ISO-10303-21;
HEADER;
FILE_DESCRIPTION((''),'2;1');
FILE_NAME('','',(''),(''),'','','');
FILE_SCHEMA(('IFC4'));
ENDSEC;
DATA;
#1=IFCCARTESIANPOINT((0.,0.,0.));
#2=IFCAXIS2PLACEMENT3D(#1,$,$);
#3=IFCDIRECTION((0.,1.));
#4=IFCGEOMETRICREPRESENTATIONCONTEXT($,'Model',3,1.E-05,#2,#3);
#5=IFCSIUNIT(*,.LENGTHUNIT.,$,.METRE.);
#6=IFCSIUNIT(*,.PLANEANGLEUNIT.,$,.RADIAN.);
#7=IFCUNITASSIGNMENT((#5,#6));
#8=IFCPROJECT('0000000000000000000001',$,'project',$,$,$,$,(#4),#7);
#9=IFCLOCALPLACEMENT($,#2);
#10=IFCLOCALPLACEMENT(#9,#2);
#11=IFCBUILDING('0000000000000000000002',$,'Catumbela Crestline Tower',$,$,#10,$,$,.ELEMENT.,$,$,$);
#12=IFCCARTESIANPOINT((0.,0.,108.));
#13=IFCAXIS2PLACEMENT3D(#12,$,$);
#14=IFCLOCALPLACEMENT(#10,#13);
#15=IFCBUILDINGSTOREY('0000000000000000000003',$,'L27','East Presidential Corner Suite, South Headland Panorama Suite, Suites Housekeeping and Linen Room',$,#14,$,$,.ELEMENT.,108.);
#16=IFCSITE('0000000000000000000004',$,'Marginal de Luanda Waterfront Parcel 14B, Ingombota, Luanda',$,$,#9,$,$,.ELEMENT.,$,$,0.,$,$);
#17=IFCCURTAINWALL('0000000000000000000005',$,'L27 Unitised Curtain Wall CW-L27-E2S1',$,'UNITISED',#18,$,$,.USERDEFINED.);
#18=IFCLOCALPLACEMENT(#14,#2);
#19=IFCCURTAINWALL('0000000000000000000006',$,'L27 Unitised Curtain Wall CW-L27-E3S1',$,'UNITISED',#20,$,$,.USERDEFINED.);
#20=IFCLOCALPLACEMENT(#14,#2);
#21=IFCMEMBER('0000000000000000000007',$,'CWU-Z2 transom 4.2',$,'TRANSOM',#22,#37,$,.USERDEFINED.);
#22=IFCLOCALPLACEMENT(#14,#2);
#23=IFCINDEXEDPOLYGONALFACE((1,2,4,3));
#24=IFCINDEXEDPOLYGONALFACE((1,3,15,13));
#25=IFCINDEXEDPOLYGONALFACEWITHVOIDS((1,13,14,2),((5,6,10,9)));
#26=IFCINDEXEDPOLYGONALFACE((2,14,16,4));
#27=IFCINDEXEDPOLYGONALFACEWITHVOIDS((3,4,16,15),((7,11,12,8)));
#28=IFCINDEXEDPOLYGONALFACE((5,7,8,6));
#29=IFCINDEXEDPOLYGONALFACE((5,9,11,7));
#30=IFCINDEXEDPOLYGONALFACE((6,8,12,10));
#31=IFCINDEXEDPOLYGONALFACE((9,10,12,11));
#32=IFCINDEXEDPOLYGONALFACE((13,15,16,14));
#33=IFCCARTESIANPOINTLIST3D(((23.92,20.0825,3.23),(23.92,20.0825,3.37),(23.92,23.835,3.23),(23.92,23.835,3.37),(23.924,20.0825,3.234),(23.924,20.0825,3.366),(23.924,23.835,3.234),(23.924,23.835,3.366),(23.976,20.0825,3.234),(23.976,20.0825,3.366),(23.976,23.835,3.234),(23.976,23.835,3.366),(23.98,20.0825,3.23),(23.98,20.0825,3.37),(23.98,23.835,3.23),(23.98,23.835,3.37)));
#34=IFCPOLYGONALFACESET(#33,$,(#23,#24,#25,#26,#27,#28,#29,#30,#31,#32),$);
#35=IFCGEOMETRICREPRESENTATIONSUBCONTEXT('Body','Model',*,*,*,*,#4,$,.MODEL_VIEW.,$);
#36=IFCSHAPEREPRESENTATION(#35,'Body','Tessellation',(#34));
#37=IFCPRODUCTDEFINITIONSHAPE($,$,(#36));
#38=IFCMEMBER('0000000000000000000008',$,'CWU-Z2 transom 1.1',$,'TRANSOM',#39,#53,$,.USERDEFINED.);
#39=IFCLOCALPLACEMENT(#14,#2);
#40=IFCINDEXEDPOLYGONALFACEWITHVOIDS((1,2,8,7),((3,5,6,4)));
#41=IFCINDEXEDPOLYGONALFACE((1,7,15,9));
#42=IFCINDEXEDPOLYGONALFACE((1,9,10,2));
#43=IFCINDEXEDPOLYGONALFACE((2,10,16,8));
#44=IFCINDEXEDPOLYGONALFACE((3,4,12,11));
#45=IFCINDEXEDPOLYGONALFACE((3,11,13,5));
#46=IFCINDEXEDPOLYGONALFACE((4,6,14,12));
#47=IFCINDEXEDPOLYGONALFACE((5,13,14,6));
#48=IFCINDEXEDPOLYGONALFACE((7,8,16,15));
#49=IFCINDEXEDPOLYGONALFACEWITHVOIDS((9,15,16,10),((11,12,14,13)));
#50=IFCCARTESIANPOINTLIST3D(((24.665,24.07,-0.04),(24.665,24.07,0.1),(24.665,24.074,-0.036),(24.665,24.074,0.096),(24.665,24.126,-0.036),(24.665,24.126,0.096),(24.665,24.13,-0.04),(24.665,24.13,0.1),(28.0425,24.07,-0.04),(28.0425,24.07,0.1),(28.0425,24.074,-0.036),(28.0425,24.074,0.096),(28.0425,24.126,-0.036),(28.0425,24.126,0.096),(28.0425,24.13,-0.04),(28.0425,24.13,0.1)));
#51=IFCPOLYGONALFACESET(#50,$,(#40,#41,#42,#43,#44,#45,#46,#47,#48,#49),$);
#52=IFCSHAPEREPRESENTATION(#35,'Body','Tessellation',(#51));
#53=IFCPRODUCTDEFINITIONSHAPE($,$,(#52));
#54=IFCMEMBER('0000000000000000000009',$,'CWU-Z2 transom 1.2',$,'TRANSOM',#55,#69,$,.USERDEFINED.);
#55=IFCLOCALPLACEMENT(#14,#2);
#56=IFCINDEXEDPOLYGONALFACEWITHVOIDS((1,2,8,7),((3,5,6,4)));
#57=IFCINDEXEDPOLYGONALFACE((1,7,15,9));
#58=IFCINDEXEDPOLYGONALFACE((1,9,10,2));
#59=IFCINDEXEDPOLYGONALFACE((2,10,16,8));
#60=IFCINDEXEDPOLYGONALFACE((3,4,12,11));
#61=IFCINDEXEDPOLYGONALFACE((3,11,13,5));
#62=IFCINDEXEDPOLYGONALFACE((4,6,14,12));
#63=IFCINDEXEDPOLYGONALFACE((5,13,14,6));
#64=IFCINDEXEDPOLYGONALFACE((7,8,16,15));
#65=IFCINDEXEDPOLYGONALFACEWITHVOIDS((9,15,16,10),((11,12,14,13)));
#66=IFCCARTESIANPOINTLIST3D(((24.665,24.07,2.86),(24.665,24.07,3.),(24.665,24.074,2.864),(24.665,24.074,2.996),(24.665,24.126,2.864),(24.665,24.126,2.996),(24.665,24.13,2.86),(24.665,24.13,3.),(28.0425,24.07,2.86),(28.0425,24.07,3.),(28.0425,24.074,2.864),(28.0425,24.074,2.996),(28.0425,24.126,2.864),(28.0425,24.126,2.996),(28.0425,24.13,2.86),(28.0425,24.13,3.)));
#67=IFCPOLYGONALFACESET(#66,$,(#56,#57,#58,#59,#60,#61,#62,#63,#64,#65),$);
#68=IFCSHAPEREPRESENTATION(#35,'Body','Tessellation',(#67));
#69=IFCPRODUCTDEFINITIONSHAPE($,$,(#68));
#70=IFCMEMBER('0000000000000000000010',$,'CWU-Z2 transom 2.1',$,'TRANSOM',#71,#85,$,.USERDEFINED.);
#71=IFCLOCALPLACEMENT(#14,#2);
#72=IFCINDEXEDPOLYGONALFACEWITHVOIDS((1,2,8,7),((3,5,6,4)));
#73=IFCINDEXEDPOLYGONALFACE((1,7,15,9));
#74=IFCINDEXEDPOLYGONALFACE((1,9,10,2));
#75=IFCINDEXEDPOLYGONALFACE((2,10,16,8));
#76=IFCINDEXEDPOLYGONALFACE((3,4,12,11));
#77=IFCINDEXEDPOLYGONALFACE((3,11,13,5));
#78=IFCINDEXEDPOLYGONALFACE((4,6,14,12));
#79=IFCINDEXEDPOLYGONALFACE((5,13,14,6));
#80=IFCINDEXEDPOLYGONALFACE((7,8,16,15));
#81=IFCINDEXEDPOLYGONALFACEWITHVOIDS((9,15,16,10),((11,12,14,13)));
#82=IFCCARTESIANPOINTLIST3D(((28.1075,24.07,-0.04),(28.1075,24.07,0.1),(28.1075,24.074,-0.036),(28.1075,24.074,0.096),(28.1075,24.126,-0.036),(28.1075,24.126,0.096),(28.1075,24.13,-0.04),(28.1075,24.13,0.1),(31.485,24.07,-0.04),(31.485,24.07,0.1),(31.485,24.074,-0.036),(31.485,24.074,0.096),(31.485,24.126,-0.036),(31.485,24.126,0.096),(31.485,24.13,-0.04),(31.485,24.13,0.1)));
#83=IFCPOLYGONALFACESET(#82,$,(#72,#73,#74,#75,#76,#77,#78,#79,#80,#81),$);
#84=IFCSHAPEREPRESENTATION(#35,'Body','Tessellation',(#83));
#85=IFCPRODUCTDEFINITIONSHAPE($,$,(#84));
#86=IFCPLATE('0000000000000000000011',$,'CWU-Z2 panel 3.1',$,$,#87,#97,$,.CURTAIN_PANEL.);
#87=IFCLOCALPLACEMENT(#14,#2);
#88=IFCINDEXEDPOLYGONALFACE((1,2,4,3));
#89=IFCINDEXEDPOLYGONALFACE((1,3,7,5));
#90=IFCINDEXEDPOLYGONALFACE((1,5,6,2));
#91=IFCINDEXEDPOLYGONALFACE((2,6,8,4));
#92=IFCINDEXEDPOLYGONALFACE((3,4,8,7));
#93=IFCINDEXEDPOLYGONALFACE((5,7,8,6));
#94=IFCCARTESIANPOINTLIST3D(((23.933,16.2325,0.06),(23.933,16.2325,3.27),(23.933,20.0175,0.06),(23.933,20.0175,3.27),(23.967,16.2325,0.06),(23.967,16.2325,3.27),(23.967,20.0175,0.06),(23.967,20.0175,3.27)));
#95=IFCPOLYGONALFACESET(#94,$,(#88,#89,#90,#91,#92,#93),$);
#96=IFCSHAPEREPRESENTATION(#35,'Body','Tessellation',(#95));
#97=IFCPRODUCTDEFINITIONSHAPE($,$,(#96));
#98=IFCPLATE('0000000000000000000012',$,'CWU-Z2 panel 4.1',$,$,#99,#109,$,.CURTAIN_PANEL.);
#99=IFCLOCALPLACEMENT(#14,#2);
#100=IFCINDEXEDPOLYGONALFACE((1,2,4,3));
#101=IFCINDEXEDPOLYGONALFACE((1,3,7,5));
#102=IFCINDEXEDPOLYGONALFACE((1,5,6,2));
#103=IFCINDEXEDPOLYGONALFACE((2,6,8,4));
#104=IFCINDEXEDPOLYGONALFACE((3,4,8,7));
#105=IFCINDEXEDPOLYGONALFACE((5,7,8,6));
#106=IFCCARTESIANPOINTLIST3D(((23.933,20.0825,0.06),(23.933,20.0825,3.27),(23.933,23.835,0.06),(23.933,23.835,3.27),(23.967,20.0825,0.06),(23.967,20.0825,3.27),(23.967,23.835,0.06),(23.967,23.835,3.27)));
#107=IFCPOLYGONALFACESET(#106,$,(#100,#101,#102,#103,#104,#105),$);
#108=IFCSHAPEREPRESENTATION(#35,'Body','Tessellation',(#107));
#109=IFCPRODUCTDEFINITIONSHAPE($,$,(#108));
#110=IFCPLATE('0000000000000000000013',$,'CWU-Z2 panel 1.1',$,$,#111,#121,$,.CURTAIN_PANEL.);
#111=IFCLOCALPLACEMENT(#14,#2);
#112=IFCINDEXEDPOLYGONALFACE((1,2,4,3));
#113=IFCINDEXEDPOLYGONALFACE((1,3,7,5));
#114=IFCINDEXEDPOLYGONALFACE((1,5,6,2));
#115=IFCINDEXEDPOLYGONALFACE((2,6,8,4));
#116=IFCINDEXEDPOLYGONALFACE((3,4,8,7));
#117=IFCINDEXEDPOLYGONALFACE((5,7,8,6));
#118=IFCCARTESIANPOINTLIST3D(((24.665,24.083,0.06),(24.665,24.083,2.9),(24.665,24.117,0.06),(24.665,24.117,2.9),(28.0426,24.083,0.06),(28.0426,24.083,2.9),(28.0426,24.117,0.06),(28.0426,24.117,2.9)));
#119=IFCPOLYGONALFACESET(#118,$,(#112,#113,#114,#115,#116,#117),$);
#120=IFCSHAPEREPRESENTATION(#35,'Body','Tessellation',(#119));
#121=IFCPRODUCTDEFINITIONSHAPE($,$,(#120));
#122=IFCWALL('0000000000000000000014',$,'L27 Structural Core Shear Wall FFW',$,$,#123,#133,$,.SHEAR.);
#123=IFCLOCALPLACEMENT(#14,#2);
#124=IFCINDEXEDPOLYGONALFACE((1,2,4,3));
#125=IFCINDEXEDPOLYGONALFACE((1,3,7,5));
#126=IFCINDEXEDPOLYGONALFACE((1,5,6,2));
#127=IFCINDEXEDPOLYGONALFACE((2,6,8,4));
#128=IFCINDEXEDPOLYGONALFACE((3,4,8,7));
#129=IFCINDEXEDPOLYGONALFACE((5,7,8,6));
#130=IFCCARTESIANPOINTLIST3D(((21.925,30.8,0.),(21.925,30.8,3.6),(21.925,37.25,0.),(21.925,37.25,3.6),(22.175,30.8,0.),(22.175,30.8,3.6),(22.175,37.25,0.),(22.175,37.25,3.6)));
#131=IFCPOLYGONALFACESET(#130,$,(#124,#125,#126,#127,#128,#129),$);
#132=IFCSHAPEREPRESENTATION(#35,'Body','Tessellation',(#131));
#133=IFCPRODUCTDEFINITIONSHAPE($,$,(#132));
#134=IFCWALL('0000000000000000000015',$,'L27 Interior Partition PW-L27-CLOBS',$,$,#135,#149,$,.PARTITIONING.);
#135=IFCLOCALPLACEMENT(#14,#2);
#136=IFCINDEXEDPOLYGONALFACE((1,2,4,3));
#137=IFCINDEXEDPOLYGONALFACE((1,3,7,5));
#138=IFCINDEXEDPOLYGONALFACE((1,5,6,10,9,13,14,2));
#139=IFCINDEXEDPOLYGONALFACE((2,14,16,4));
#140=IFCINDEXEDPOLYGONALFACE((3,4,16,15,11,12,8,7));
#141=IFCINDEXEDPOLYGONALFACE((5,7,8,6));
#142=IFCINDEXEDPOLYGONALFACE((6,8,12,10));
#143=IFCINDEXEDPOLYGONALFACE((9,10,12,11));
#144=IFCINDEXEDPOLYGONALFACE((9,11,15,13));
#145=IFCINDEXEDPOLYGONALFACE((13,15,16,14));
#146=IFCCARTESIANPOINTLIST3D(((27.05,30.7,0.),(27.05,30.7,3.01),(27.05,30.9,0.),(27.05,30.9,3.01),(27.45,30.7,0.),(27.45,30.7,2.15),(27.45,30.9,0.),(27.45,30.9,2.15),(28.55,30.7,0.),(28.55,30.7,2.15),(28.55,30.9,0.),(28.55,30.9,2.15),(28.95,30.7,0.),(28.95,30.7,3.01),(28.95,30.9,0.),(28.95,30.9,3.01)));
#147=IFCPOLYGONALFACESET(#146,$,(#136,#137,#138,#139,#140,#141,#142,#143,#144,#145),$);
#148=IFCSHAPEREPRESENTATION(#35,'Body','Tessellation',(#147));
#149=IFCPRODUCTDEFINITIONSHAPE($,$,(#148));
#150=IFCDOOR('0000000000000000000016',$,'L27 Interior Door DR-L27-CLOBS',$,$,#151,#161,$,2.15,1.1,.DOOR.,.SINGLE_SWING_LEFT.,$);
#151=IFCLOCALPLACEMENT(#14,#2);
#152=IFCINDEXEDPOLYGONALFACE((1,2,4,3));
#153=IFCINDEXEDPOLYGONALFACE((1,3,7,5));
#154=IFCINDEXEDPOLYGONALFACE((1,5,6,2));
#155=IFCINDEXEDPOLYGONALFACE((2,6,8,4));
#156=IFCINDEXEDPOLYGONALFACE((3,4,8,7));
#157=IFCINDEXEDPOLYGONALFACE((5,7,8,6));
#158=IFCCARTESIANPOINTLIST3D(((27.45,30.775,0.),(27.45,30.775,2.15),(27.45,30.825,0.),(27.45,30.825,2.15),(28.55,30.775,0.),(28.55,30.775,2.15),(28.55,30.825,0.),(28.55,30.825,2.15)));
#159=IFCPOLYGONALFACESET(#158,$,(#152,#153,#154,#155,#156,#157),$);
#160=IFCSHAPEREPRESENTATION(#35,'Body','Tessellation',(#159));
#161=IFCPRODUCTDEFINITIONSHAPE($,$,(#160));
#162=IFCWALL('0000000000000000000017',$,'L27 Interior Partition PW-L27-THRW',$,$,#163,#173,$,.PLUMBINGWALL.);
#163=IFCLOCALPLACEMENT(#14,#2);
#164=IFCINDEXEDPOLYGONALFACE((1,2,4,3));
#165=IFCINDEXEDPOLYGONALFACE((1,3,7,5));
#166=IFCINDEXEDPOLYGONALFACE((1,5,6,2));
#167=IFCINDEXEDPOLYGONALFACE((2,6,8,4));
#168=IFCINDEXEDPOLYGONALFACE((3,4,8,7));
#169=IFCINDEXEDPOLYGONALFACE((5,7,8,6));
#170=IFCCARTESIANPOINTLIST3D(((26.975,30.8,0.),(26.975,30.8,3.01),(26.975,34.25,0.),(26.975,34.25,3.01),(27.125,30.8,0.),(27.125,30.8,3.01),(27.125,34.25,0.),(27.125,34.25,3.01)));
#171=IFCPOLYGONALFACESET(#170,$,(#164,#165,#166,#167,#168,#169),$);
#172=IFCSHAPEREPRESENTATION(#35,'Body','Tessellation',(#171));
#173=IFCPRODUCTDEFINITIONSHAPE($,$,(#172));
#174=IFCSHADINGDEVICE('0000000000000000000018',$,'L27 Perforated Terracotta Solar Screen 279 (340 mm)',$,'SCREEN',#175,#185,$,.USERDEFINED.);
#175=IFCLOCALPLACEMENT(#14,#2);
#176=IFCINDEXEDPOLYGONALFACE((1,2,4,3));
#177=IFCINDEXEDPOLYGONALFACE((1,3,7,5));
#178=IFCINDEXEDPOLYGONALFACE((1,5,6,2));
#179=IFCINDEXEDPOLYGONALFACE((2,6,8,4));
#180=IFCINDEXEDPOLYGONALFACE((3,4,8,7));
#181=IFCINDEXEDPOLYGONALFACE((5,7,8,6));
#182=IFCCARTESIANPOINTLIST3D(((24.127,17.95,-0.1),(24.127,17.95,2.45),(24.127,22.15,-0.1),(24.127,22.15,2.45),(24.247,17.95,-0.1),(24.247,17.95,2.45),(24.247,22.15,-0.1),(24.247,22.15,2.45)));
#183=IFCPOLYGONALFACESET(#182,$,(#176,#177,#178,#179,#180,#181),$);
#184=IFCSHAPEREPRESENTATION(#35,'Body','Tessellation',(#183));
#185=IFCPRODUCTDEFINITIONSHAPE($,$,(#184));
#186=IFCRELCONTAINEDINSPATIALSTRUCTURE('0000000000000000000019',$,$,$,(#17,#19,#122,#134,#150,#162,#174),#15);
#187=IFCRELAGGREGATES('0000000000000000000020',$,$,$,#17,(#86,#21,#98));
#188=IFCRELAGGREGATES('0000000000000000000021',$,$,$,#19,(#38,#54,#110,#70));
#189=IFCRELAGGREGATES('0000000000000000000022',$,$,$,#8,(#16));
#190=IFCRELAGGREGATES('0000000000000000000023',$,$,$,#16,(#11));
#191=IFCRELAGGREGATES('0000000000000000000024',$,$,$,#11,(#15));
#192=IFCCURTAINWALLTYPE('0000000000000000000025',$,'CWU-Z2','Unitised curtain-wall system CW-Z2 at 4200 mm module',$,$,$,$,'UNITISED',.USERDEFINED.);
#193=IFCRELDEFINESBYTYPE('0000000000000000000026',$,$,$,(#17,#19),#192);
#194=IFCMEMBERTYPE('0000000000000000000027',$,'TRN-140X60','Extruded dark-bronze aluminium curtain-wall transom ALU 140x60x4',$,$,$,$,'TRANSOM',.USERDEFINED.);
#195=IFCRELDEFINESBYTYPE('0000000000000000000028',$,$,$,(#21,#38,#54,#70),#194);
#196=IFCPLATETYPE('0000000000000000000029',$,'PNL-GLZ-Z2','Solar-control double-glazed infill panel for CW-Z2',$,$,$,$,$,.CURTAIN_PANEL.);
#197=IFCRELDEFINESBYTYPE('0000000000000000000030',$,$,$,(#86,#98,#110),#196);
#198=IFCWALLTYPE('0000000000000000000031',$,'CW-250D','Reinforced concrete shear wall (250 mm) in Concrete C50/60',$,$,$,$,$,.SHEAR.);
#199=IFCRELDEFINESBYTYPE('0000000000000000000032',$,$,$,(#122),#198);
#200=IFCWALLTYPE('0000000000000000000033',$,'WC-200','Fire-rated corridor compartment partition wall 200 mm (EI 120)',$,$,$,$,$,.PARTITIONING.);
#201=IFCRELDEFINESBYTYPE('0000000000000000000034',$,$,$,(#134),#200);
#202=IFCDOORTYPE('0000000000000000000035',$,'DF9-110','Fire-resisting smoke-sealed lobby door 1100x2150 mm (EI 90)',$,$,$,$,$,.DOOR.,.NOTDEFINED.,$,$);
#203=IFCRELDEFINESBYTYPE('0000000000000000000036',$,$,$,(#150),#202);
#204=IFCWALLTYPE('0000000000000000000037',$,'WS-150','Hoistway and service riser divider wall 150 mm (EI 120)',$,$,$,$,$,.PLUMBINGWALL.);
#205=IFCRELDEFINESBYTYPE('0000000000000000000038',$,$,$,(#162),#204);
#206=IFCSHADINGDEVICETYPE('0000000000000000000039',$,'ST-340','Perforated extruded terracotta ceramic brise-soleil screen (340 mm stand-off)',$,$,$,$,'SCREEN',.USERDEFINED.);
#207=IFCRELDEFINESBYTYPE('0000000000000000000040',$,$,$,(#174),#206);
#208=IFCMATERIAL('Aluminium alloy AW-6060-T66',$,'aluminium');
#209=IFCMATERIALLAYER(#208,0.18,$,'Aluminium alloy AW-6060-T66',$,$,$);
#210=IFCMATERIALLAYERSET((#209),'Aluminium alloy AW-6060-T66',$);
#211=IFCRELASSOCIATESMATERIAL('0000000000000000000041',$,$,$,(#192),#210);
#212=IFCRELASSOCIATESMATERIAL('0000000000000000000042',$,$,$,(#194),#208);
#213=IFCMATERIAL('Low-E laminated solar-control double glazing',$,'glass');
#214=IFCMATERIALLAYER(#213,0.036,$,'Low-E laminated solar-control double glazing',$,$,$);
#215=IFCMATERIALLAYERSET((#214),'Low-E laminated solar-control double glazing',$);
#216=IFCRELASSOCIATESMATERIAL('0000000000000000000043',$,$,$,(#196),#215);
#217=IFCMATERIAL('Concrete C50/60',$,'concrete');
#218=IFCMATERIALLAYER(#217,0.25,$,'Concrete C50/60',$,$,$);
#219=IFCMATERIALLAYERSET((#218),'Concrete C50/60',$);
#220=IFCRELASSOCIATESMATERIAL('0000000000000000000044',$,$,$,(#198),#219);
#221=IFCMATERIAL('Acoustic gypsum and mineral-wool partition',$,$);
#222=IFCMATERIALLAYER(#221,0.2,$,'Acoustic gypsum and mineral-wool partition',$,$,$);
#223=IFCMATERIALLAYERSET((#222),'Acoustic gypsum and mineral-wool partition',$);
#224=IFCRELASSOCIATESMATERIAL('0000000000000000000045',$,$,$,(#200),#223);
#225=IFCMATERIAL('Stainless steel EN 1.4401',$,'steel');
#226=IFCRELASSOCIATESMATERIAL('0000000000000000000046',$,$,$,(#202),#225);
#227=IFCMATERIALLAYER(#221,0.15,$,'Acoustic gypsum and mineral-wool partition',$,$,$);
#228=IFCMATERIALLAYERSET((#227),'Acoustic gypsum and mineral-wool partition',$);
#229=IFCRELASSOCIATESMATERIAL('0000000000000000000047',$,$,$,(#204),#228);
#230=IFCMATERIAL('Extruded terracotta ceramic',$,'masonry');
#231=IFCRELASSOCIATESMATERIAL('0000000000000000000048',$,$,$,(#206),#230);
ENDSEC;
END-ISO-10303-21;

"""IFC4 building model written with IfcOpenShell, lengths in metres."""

from ifc_helpers import new_model, si_unit, direction, frame, frame_2d, origin, origin_2d, place, context, subcontext, project, spatial, rectangle, hollow_rectangle, extrude, material, layer, layer_set, material_profile, profile_set, type_object, element, fill, aggregate, save


model = new_model("IFC4")

# Units and contexts
model_context = context("Model", 3, precision=1e-05, world=origin(), true_north=direction((0.0, 1.0)))
body_context = subcontext(model_context, "Body", "Model", "MODEL_VIEW")
ifc_project = project(units=[si_unit("LENGTHUNIT", "METRE"), si_unit("PLANEANGLEUNIT", "RADIAN")], contexts=[model_context])

# Site, building, storey
site_placement = place(None, origin())
site = spatial("IfcSite", under=ifc_project, at=site_placement, Name="Marginal de Luanda Waterfront Parcel 14B, Ingombota, Luanda", CompositionType="ELEMENT", RefElevation=0.0)
building_placement = place(site_placement, origin())
building = spatial("IfcBuilding", under=site, at=building_placement, Name="Catumbela Crestline Tower", CompositionType="ELEMENT")
storey_placement = place(building_placement, frame((0.0, 0.0, 108.0)))
storey = spatial("IfcBuildingStorey", under=building, at=storey_placement, Name="L27", Description="East Presidential Corner Suite, South Headland Panorama Suite, Suites Housekeeping and Linen Room", CompositionType="ELEMENT", Elevation=108.0)

# Shared definitions
ifc_material_1 = material(Name="Concrete C50/60", Category="concrete")

# Curtain walls
ifc_material_2 = material(Name="Aluminium alloy AW-6060-T66", Category="aluminium")
ifc_layer_1 = layer(ifc_material_2, 0.18, Name="Aluminium alloy AW-6060-T66")
ifc_layer_set_1 = layer_set([ifc_layer_1], Name="Aluminium alloy AW-6060-T66")
curtain_wall_type = type_object("IfcCurtainWallType", Name="CWU-Z2", Description="Unitised curtain-wall system CW-Z2 at 4200 mm module", ElementType="UNITISED", PredefinedType="USERDEFINED", material=ifc_layer_set_1)
curtain_wall_1_placement = place(storey_placement, origin())
curtain_wall_1 = element("IfcCurtainWall", 1, at=curtain_wall_1_placement, inside=storey, type_object=curtain_wall_type, Name="L27 Unitised Curtain Wall CW-L27-E2S1", ObjectType="UNITISED", PredefinedType="USERDEFINED")
curtain_wall_2_placement = place(storey_placement, origin())
curtain_wall_2 = element("IfcCurtainWall", 2, at=curtain_wall_2_placement, inside=storey, type_object=curtain_wall_type, Name="L27 Unitised Curtain Wall CW-L27-E3S1", ObjectType="UNITISED", PredefinedType="USERDEFINED")

# Members
ifc_material_profile_1 = material_profile(ifc_material_2, hollow_rectangle(XDim=0.06, YDim=0.14, WallThickness=0.004, at=origin_2d()), Name="ALU 140x60x4")
ifc_profile_set_1 = profile_set([ifc_material_profile_1], Name="Aluminium alloy AW-6060-T66")
member_type_1 = type_object("IfcMemberType", Name="TRN-140X60", Description="Extruded dark-bronze aluminium curtain-wall transom ALU 140x60x4", ElementType="TRANSOM", PredefinedType="USERDEFINED", material=ifc_profile_set_1)
member_1_placement = place(storey_placement, frame((23.95, 20.0825, 3.3), z_axis=(0.0, 1.0, 0.0), x_axis=(-1.0, 0.0, 0.0)))
member_1 = element("IfcMember", 3, at=member_1_placement, type_object=member_type_1, Name="CWU-Z2 transom 4.2", ObjectType="TRANSOM", PredefinedType="USERDEFINED", context=body_context, shape_type="SweptSolid", body=[
    extrude(hollow_rectangle(XDim=0.06, YDim=0.14, WallThickness=0.004, at=origin_2d()), origin(), (0.0, 0.0, 1.0), 3.7525),
])
member_2_placement = place(storey_placement, frame((24.665, 24.1, 0.03), z_axis=(1.0, 0.0, 0.0), x_axis=(0.0, 1.0, 0.0)))
member_2 = element("IfcMember", 4, at=member_2_placement, type_object=member_type_1, Name="CWU-Z2 transom 1.1", ObjectType="TRANSOM", PredefinedType="USERDEFINED", context=body_context, shape_type="SweptSolid", body=[
    extrude(hollow_rectangle(XDim=0.06, YDim=0.14, WallThickness=0.004, at=origin_2d()), origin(), (0.0, 0.0, 1.0), 3.3775),
])
member_3_placement = place(storey_placement, frame((24.665, 24.1, 2.93), z_axis=(1.0, 0.0, 0.0), x_axis=(0.0, 1.0, 0.0)))
member_3 = element("IfcMember", 5, at=member_3_placement, type_object=member_type_1, Name="CWU-Z2 transom 1.2", ObjectType="TRANSOM", PredefinedType="USERDEFINED", context=body_context, shape_type="SweptSolid", body=[
    extrude(hollow_rectangle(XDim=0.06, YDim=0.14, WallThickness=0.004, at=origin_2d()), origin(), (0.0, 0.0, 1.0), 3.3775),
])
member_4_placement = place(storey_placement, frame((28.1075, 24.1, 0.03), z_axis=(1.0, 0.0, 0.0), x_axis=(0.0, 1.0, 0.0)))
member_4 = element("IfcMember", 6, at=member_4_placement, type_object=member_type_1, Name="CWU-Z2 transom 2.1", ObjectType="TRANSOM", PredefinedType="USERDEFINED", context=body_context, shape_type="SweptSolid", body=[
    extrude(hollow_rectangle(XDim=0.06, YDim=0.14, WallThickness=0.004, at=origin_2d()), origin(), (0.0, 0.0, 1.0), 3.3775),
])

# Plates
ifc_material_3 = material(Name="Low-E laminated solar-control double glazing", Category="glass")
ifc_layer_2 = layer(ifc_material_3, 0.036, Name="Low-E laminated solar-control double glazing")
ifc_layer_set_2 = layer_set([ifc_layer_2], Name="Low-E laminated solar-control double glazing")
plate_type = type_object("IfcPlateType", Name="PNL-GLZ-Z2", Description="Solar-control double-glazed infill panel for CW-Z2", PredefinedType="CURTAIN_PANEL", material=ifc_layer_set_2)
plate_1_placement = place(storey_placement, frame((23.95, 18.125, 0.06), z_axis=(0.0, 0.0, 1.0), x_axis=(0.0, 1.0, 0.0)))
plate_1 = element("IfcPlate", 7, at=plate_1_placement, type_object=plate_type, Name="CWU-Z2 panel 3.1", PredefinedType="CURTAIN_PANEL", context=body_context, shape_type="SweptSolid", body=[
    extrude(rectangle(XDim=3.785, YDim=0.034, at=origin_2d()), origin(), (0.0, 0.0, 1.0), 3.21),
])
plate_2_placement = place(storey_placement, frame((23.95, 21.9587, 0.06), z_axis=(0.0, 0.0, 1.0), x_axis=(0.0, 1.0, 0.0)))
plate_2 = element("IfcPlate", 8, at=plate_2_placement, type_object=plate_type, Name="CWU-Z2 panel 4.1", PredefinedType="CURTAIN_PANEL", context=body_context, shape_type="SweptSolid", body=[
    extrude(rectangle(XDim=3.7525, YDim=0.034, at=origin_2d()), origin(), (0.0, 0.0, 1.0), 3.21),
])
aggregate(curtain_wall_1, [plate_1, member_1, plate_2])
plate_3_placement = place(storey_placement, frame((26.3538, 24.1, 0.06), z_axis=(0.0, 0.0, 1.0), x_axis=(1.0, 0.0, 0.0)))
plate_3 = element("IfcPlate", 9, at=plate_3_placement, type_object=plate_type, Name="CWU-Z2 panel 1.1", PredefinedType="CURTAIN_PANEL", context=body_context, shape_type="SweptSolid", body=[
    extrude(rectangle(XDim=3.3775, YDim=0.034, at=origin_2d()), origin(), (0.0, 0.0, 1.0), 2.84),
])
aggregate(curtain_wall_2, [member_2, member_3, plate_3, member_4])

# Wall
ifc_layer_3 = layer(ifc_material_1, 0.25, Name="Concrete C50/60")
ifc_layer_set_3 = layer_set([ifc_layer_3], Name="Concrete C50/60")
wall_type_1 = type_object("IfcWallType", Name="CW-250D", Description="Reinforced concrete shear wall (250 mm) in Concrete C50/60", PredefinedType="SHEAR", material=ifc_layer_set_3)
wall_1_placement = place(storey_placement, frame((22.05, 30.8, 0.0), z_axis=(0.0, 0.0, 1.0), x_axis=(0.0, 1.0, 0.0)))
element("IfcWall", 10, at=wall_1_placement, inside=storey, type_object=wall_type_1, Name="L27 Structural Core Shear Wall FFW", PredefinedType="SHEAR", context=body_context, shape_type="SweptSolid", body=[
    extrude(rectangle(XDim=6.45, YDim=0.25, at=frame_2d((3.225, 0.0))), origin(), (0.0, 0.0, 1.0), 3.6),
])

# Wall, opening, door
ifc_material_4 = material(Name="Acoustic gypsum and mineral-wool partition")
ifc_layer_4 = layer(ifc_material_4, 0.2, Name="Acoustic gypsum and mineral-wool partition")
ifc_layer_set_4 = layer_set([ifc_layer_4], Name="Acoustic gypsum and mineral-wool partition")
wall_type_2 = type_object("IfcWallType", Name="WC-200", Description="Fire-rated corridor compartment partition wall 200 mm (EI 120)", PredefinedType="PARTITIONING", material=ifc_layer_set_4)
wall_2_placement = place(storey_placement, frame((27.05, 30.8, 0.0), z_axis=(0.0, 0.0, 1.0), x_axis=(1.0, 0.0, 0.0)))
wall_2 = element("IfcWall", 11, at=wall_2_placement, inside=storey, type_object=wall_type_2, Name="L27 Interior Partition PW-L27-CLOBS", PredefinedType="PARTITIONING", context=body_context, shape_type="SweptSolid", body=[
    extrude(rectangle(XDim=1.9, YDim=0.2, at=frame_2d((0.95, 0.0))), origin(), (0.0, 0.0, 1.0), 3.01),
])
opening_placement = place(wall_2_placement, frame((0.4, 0.0, 0.0)))
opening = element("IfcOpeningElement", 12, at=opening_placement, cuts=wall_2, PredefinedType="OPENING", context=body_context, shape_type="SweptSolid", body=[
    extrude(rectangle(XDim=1.1, YDim=2.15, at=frame_2d((0.55, 1.075))), frame((0.0, 0.11, 0.0), z_axis=(0.0, -1.0, 0.0), x_axis=(1.0, 0.0, 0.0)), (0.0, 0.0, 1.0), 0.22),
])
ifc_material_5 = material(Name="Stainless steel EN 1.4401", Category="steel")
door_type = type_object("IfcDoorType", Name="DF9-110", Description="Fire-resisting smoke-sealed lobby door 1100x2150 mm (EI 90)", OperationType="NOTDEFINED", PredefinedType="DOOR", material=ifc_material_5)
door_placement = place(opening_placement, origin())
door = element("IfcDoor", 13, at=door_placement, inside=storey, type_object=door_type, Name="L27 Interior Door DR-L27-CLOBS", OperationType="SINGLE_SWING_LEFT", OverallHeight=2.15, OverallWidth=1.1, PredefinedType="DOOR", context=body_context, shape_type="SweptSolid", body=[
    extrude(rectangle(XDim=1.1, YDim=2.15, at=frame_2d((0.55, 1.075))), frame((0.0, 0.025, 0.0), z_axis=(0.0, -1.0, 0.0), x_axis=(1.0, 0.0, 0.0)), (0.0, 0.0, 1.0), 0.05),
])
fill(opening, door)

# Wall
ifc_layer_5 = layer(ifc_material_4, 0.15, Name="Acoustic gypsum and mineral-wool partition")
ifc_layer_set_5 = layer_set([ifc_layer_5], Name="Acoustic gypsum and mineral-wool partition")
wall_type_3 = type_object("IfcWallType", Name="WS-150", Description="Hoistway and service riser divider wall 150 mm (EI 120)", PredefinedType="PLUMBINGWALL", material=ifc_layer_set_5)
wall_3_placement = place(storey_placement, frame((27.05, 30.8, 0.0), z_axis=(0.0, 0.0, 1.0), x_axis=(0.0, 1.0, 0.0)))
element("IfcWall", 14, at=wall_3_placement, inside=storey, type_object=wall_type_3, Name="L27 Interior Partition PW-L27-THRW", PredefinedType="PLUMBINGWALL", context=body_context, shape_type="SweptSolid", body=[
    extrude(rectangle(XDim=3.45, YDim=0.15, at=frame_2d((1.725, 0.0))), origin(), (0.0, 0.0, 1.0), 3.01),
])

# Shading device
ifc_material_6 = material(Name="Extruded terracotta ceramic", Category="masonry")
shading_device_type = type_object("IfcShadingDeviceType", Name="ST-340", Description="Perforated extruded terracotta ceramic brise-soleil screen (340 mm stand-off)", ElementType="SCREEN", PredefinedType="USERDEFINED", material=ifc_material_6)
for number, where, z_axis, x_axis, name in (
    (15, (24.187, 20.05, -0.1), (0.0, 0.0, 1.0), (0.0, 1.0, 0.0), "L27 Perforated Terracotta Solar Screen 279 (340 mm)"),
):
    element("IfcShadingDevice", number, at=place(storey_placement, frame(where, z_axis=z_axis, x_axis=x_axis)), inside=storey, type_object=shading_device_type, Name=name, ObjectType="SCREEN", PredefinedType="USERDEFINED", context=body_context, shape_type="SweptSolid", body=[
        extrude(rectangle(XDim=4.2, YDim=0.12, at=origin_2d()), origin(), (0.0, 0.0, 1.0), 2.55),
    ])

save(model, "model.ifc")
